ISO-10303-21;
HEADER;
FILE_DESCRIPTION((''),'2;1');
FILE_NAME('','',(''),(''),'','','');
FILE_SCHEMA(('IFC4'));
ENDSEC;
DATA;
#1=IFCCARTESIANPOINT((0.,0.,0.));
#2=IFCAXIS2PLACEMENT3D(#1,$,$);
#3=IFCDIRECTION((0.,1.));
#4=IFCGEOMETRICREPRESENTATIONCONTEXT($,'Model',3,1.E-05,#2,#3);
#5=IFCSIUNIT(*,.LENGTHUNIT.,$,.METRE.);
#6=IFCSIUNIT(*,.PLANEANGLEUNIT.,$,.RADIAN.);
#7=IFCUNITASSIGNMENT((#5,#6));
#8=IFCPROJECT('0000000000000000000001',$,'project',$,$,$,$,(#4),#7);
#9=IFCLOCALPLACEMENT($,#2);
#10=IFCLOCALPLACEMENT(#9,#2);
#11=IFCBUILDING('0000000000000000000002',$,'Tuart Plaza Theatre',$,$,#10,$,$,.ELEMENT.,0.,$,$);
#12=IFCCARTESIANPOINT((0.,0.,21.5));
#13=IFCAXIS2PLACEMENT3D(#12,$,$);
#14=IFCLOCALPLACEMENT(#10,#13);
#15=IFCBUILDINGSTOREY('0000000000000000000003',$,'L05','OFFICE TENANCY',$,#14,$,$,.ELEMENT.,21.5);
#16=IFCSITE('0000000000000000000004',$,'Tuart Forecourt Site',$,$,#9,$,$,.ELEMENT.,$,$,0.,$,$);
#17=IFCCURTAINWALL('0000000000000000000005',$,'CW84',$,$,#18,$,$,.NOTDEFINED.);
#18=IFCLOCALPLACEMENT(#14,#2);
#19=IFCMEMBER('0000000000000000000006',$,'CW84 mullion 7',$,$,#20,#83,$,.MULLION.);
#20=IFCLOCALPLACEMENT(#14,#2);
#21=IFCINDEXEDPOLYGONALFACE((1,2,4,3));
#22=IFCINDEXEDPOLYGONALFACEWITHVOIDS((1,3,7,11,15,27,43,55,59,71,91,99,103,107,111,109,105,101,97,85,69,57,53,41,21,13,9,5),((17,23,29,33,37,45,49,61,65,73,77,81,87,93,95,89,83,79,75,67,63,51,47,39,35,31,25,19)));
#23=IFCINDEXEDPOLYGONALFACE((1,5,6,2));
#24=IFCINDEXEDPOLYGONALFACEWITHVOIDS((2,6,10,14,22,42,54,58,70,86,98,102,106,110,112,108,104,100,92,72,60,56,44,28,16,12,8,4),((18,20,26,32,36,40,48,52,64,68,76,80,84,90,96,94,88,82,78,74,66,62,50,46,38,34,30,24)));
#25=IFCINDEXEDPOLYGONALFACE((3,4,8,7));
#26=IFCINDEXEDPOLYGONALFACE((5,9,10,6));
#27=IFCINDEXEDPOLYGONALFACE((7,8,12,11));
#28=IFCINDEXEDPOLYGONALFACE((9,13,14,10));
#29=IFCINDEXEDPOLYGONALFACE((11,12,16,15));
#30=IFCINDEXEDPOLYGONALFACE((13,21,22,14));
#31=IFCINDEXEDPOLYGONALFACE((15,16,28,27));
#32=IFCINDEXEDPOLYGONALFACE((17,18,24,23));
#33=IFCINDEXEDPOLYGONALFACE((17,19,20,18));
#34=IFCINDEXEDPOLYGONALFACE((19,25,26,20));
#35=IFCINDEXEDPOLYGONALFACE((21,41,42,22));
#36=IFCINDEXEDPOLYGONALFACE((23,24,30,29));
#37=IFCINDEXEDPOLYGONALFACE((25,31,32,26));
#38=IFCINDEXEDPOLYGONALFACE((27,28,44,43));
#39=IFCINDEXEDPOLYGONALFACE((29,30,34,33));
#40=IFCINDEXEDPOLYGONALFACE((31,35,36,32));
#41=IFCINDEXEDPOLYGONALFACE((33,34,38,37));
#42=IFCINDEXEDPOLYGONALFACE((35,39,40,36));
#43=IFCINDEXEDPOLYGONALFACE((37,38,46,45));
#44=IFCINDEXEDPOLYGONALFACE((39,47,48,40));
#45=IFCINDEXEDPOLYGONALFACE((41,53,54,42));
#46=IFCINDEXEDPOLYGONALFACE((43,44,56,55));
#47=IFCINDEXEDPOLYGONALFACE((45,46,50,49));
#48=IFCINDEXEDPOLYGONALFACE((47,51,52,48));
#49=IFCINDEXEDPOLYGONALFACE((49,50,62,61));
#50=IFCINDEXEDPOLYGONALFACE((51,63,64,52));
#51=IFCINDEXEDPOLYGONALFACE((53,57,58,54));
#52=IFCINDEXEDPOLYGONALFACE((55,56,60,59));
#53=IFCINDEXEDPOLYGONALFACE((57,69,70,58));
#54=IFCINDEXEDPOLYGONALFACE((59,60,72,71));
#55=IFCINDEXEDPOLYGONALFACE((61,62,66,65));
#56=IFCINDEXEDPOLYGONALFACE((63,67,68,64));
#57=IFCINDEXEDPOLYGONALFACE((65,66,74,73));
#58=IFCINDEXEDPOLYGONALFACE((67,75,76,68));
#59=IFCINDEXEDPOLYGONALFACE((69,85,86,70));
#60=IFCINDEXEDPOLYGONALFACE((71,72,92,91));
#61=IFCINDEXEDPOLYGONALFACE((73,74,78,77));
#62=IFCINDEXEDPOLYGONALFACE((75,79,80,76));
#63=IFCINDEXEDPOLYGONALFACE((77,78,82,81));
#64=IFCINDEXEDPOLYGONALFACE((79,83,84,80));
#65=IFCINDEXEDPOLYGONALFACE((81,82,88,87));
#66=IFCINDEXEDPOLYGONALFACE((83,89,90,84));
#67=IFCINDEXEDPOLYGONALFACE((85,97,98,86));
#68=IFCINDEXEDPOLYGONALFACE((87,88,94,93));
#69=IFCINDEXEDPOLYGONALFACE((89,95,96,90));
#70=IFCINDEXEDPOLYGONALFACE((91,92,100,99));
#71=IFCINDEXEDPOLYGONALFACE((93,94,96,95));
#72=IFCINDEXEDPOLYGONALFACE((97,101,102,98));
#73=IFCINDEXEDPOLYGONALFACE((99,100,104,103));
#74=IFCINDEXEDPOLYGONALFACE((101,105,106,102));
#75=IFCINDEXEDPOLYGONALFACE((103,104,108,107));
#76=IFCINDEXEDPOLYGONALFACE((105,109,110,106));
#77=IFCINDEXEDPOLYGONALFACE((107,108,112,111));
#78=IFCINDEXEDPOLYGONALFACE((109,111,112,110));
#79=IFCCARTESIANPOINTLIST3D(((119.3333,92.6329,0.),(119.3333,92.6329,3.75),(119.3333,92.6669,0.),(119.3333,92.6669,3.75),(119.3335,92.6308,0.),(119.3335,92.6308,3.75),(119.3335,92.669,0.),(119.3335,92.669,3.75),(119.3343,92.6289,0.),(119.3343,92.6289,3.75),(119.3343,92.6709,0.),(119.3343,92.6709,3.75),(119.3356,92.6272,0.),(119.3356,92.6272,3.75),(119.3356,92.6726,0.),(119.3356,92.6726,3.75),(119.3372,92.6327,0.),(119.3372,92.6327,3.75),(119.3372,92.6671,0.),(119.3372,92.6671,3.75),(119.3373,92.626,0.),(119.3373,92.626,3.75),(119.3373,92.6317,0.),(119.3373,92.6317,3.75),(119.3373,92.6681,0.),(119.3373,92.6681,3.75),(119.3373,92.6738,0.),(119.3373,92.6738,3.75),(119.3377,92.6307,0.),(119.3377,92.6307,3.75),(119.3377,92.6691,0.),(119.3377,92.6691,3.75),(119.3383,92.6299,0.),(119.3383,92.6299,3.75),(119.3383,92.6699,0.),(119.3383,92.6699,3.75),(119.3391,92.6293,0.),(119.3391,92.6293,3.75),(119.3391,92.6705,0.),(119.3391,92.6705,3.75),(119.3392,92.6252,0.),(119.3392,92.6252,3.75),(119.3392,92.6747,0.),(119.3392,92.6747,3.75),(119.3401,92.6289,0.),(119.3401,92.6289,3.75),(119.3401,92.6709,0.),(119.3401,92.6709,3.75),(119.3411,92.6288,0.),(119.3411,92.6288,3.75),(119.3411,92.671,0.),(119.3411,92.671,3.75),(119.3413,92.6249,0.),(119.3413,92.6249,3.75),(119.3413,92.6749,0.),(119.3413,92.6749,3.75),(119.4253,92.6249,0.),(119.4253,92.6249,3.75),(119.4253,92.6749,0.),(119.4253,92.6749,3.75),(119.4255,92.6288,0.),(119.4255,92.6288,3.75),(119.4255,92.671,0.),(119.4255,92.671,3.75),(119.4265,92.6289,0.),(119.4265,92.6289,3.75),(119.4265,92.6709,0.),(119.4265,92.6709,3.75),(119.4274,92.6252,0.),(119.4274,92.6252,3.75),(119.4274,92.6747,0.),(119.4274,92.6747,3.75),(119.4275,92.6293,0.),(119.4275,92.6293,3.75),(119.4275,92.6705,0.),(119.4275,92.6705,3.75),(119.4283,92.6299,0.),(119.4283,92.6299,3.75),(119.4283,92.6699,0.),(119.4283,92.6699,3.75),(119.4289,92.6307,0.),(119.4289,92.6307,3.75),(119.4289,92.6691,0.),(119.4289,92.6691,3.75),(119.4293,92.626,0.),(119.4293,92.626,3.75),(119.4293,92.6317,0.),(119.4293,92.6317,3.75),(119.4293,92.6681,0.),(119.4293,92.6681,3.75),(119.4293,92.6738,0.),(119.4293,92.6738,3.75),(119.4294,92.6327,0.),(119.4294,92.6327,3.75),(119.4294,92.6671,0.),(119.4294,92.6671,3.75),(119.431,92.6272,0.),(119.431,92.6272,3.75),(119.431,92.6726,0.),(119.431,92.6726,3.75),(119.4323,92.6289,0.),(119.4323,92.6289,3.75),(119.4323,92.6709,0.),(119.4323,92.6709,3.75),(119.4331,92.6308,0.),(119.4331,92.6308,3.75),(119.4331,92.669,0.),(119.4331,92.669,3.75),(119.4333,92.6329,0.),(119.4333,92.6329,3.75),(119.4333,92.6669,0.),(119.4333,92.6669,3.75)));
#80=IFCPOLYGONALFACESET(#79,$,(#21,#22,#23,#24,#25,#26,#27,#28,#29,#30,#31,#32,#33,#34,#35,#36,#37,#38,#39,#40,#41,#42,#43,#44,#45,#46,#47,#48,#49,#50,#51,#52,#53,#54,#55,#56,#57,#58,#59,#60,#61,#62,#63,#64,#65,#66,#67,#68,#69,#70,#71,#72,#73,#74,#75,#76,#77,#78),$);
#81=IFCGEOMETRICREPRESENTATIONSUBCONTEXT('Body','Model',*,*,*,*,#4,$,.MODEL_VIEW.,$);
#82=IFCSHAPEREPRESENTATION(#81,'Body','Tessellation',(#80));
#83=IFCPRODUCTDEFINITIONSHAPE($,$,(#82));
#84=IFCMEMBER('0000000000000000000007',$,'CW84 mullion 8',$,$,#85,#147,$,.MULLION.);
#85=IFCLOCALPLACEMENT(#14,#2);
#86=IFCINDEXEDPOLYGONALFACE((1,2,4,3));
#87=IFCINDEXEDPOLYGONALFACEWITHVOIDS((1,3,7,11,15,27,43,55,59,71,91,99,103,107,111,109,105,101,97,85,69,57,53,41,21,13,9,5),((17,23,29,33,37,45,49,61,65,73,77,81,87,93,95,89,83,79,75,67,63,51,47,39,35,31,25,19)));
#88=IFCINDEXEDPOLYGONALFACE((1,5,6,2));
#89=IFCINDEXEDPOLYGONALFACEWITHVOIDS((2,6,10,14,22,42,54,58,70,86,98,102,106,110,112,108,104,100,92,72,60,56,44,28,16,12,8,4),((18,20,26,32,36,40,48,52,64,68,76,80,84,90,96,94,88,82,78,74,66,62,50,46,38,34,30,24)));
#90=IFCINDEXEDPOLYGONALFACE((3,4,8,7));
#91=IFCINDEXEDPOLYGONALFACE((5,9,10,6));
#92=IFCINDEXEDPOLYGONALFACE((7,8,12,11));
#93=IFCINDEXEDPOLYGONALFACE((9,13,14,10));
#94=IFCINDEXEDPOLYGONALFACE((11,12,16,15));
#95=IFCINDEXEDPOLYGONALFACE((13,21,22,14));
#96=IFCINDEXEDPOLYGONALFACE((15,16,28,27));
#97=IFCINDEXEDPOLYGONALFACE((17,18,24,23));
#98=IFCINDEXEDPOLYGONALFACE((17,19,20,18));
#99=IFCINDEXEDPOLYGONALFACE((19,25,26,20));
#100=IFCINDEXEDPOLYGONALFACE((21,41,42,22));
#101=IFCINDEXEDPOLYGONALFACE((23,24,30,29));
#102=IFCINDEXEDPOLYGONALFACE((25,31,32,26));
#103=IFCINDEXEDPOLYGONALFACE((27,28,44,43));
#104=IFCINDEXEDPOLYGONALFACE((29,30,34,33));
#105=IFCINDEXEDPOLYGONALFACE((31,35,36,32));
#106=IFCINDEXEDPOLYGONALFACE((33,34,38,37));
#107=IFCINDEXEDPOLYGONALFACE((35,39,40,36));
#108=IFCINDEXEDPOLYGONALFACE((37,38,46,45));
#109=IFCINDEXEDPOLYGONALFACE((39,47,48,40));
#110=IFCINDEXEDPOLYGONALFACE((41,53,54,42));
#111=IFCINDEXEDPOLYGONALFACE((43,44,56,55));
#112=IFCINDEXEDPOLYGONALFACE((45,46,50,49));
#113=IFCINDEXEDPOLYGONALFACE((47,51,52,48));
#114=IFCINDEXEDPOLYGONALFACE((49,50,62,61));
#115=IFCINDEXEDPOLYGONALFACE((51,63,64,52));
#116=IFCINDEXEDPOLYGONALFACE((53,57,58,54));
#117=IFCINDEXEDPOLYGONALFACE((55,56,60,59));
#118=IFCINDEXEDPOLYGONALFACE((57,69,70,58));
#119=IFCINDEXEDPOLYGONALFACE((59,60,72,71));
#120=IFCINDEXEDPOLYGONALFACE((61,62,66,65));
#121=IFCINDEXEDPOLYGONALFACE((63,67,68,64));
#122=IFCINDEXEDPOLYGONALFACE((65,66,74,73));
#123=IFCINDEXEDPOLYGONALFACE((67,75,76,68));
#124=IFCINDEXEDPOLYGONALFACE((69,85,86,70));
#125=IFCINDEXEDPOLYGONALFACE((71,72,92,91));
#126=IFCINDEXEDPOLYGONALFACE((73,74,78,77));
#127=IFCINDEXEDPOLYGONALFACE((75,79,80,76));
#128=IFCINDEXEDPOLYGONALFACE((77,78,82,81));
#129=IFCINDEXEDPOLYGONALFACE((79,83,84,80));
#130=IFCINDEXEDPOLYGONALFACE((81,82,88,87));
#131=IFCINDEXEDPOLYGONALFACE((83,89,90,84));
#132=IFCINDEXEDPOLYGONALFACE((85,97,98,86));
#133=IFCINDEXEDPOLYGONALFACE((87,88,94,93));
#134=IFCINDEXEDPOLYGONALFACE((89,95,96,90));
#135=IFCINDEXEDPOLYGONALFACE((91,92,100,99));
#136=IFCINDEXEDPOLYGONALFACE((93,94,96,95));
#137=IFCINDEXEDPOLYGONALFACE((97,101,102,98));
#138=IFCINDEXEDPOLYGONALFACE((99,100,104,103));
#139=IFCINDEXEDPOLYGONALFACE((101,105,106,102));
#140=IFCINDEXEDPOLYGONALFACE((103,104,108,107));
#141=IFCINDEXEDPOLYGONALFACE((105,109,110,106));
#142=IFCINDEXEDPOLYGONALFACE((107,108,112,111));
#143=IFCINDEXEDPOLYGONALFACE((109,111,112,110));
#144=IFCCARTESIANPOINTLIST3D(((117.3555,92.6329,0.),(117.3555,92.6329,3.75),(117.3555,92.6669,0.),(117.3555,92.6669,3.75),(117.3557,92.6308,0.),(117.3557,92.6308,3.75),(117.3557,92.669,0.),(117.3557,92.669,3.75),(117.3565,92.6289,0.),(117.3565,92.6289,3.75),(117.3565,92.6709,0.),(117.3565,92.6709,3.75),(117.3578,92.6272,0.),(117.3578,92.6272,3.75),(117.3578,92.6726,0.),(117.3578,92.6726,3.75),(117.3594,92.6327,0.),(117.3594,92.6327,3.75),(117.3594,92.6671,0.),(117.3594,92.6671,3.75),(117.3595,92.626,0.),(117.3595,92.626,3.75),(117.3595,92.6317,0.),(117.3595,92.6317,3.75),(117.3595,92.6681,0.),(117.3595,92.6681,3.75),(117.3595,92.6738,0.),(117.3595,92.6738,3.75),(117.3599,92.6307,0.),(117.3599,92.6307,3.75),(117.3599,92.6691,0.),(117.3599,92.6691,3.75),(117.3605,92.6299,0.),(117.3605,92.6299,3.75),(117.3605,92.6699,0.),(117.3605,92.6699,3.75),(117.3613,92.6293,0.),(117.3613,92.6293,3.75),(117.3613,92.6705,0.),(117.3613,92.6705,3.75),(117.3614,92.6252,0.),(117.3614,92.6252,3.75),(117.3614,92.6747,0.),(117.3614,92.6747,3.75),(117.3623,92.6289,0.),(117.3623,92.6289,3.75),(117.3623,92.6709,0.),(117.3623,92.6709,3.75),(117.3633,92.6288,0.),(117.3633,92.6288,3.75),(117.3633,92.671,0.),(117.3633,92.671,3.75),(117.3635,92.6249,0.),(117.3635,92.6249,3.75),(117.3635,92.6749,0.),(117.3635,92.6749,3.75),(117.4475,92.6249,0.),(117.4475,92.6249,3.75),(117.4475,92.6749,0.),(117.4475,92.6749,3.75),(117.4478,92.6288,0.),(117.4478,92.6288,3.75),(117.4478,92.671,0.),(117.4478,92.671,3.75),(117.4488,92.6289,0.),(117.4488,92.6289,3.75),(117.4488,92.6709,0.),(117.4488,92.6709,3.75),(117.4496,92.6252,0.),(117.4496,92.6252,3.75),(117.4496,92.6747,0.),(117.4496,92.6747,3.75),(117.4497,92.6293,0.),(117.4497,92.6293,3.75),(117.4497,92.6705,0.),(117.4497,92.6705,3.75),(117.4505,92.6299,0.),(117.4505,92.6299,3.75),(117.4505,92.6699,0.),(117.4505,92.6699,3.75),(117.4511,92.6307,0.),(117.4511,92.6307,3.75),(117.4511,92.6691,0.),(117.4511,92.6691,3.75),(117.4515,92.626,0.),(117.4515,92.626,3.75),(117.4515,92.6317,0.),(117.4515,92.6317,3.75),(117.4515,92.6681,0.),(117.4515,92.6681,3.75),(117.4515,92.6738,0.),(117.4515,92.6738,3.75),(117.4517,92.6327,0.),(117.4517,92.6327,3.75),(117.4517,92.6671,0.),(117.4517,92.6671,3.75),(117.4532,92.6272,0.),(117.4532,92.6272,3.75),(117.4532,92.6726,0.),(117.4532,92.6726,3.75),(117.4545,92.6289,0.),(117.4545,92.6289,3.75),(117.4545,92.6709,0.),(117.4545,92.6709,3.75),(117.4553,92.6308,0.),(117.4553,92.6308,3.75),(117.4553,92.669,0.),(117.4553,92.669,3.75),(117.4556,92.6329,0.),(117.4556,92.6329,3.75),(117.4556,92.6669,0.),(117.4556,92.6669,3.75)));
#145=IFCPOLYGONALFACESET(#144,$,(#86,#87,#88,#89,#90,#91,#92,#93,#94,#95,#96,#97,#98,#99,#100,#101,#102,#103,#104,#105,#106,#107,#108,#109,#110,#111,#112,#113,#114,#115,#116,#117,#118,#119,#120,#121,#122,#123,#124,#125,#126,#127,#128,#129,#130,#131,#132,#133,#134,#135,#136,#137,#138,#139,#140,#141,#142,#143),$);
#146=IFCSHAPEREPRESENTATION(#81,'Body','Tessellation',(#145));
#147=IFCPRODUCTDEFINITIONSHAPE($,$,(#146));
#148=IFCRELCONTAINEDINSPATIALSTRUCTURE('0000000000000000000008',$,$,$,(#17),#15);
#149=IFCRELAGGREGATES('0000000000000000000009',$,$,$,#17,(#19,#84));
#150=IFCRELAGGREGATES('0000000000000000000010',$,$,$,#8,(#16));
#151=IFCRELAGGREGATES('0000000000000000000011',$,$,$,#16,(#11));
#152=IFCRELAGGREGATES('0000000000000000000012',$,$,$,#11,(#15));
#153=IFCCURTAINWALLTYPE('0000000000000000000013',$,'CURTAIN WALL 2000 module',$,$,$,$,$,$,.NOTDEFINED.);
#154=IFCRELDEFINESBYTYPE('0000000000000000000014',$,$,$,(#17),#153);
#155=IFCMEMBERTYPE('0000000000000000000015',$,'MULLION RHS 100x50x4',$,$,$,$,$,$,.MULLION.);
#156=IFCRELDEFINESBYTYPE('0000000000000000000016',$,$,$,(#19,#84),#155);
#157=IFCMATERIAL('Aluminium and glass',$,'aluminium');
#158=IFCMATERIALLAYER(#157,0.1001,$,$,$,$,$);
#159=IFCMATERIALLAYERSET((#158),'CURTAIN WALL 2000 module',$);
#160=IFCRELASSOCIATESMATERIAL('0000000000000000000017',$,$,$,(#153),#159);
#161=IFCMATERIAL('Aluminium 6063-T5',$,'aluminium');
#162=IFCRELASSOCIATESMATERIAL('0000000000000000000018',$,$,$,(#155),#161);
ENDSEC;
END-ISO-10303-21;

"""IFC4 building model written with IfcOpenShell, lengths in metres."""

from ifc_helpers import new_model, si_unit, direction, frame, origin, origin_2d, place, context, subcontext, project, spatial, hollow_rectangle, extrude, material, layer, layer_set, material_profile, profile_set, type_object, element, aggregate, save


model = new_model("IFC4")

# Units and contexts
model_context = context("Model", 3, precision=1e-05, world=origin(), true_north=direction((0.0, 1.0)))
body_context = subcontext(model_context, "Body", "Model", "MODEL_VIEW")
ifc_project = project(units=[si_unit("LENGTHUNIT", "METRE"), si_unit("PLANEANGLEUNIT", "RADIAN")], contexts=[model_context])

# Site, building, storey
site_placement = place(None, origin())
site = spatial("IfcSite", under=ifc_project, at=site_placement, Name="Tuart Forecourt Site", CompositionType="ELEMENT", RefElevation=0.0)
building_placement = place(site_placement, origin())
building = spatial("IfcBuilding", under=site, at=building_placement, Name="Tuart Plaza Theatre", CompositionType="ELEMENT", ElevationOfRefHeight=0.0)
storey_placement = place(building_placement, frame((0.0, 0.0, 21.5)))
storey = spatial("IfcBuildingStorey", under=building, at=storey_placement, Name="L05", Description="OFFICE TENANCY", CompositionType="ELEMENT", Elevation=21.5)

# Curtain wall, members
ifc_material_1 = material(Name="Aluminium and glass", Category="aluminium")
ifc_layer_1 = layer(ifc_material_1, 0.1001)
ifc_layer_set_1 = layer_set([ifc_layer_1], Name="CURTAIN WALL 2000 module")
curtain_wall_type = type_object("IfcCurtainWallType", Name="CURTAIN WALL 2000 module", PredefinedType="NOTDEFINED", material=ifc_layer_set_1)
curtain_wall_placement = place(storey_placement, origin())
curtain_wall = element("IfcCurtainWall", 1, at=curtain_wall_placement, inside=storey, type_object=curtain_wall_type, Name="CW84", PredefinedType="NOTDEFINED")
ifc_material_2 = material(Name="Aluminium 6063-T5", Category="aluminium")
ifc_material_profile_1 = material_profile(ifc_material_2, hollow_rectangle(XDim=0.05, YDim=0.1001, WallThickness=0.0039, InnerFilletRadius=0.0039, OuterFilletRadius=0.0081, at=origin_2d()), Name="RHS 100x50x4")
ifc_profile_set_1 = profile_set([ifc_material_profile_1], Name="Aluminium 6063-T5")
member_type_1 = type_object("IfcMemberType", Name="MULLION RHS 100x50x4", PredefinedType="MULLION", material=ifc_profile_set_1)
member_1_placement = place(storey_placement, frame((119.3833, 92.6499, 0.0), z_axis=(0.0, 0.0, 1.0), x_axis=(0.0, -1.0, 0.0)))
member_1 = element("IfcMember", 2, at=member_1_placement, type_object=member_type_1, Name="CW84 mullion 7", PredefinedType="MULLION", context=body_context, shape_type="SweptSolid", body=[
    extrude(hollow_rectangle(XDim=0.05, YDim=0.1001, WallThickness=0.0039, InnerFilletRadius=0.0039, OuterFilletRadius=0.0081, at=origin_2d()), origin(), (0.0, 0.0, 1.0), 3.75),
])
member_2_placement = place(storey_placement, frame((117.4055, 92.6499, 0.0), z_axis=(0.0, 0.0, 1.0), x_axis=(0.0, -1.0, 0.0)))
member_2 = element("IfcMember", 3, at=member_2_placement, type_object=member_type_1, Name="CW84 mullion 8", PredefinedType="MULLION", context=body_context, shape_type="SweptSolid", body=[
    extrude(hollow_rectangle(XDim=0.05, YDim=0.1001, WallThickness=0.0039, InnerFilletRadius=0.0039, OuterFilletRadius=0.0081, at=origin_2d()), origin(), (0.0, 0.0, 1.0), 3.75),
])
aggregate(curtain_wall, [member_1, member_2])

save(model, "model.ifc")
